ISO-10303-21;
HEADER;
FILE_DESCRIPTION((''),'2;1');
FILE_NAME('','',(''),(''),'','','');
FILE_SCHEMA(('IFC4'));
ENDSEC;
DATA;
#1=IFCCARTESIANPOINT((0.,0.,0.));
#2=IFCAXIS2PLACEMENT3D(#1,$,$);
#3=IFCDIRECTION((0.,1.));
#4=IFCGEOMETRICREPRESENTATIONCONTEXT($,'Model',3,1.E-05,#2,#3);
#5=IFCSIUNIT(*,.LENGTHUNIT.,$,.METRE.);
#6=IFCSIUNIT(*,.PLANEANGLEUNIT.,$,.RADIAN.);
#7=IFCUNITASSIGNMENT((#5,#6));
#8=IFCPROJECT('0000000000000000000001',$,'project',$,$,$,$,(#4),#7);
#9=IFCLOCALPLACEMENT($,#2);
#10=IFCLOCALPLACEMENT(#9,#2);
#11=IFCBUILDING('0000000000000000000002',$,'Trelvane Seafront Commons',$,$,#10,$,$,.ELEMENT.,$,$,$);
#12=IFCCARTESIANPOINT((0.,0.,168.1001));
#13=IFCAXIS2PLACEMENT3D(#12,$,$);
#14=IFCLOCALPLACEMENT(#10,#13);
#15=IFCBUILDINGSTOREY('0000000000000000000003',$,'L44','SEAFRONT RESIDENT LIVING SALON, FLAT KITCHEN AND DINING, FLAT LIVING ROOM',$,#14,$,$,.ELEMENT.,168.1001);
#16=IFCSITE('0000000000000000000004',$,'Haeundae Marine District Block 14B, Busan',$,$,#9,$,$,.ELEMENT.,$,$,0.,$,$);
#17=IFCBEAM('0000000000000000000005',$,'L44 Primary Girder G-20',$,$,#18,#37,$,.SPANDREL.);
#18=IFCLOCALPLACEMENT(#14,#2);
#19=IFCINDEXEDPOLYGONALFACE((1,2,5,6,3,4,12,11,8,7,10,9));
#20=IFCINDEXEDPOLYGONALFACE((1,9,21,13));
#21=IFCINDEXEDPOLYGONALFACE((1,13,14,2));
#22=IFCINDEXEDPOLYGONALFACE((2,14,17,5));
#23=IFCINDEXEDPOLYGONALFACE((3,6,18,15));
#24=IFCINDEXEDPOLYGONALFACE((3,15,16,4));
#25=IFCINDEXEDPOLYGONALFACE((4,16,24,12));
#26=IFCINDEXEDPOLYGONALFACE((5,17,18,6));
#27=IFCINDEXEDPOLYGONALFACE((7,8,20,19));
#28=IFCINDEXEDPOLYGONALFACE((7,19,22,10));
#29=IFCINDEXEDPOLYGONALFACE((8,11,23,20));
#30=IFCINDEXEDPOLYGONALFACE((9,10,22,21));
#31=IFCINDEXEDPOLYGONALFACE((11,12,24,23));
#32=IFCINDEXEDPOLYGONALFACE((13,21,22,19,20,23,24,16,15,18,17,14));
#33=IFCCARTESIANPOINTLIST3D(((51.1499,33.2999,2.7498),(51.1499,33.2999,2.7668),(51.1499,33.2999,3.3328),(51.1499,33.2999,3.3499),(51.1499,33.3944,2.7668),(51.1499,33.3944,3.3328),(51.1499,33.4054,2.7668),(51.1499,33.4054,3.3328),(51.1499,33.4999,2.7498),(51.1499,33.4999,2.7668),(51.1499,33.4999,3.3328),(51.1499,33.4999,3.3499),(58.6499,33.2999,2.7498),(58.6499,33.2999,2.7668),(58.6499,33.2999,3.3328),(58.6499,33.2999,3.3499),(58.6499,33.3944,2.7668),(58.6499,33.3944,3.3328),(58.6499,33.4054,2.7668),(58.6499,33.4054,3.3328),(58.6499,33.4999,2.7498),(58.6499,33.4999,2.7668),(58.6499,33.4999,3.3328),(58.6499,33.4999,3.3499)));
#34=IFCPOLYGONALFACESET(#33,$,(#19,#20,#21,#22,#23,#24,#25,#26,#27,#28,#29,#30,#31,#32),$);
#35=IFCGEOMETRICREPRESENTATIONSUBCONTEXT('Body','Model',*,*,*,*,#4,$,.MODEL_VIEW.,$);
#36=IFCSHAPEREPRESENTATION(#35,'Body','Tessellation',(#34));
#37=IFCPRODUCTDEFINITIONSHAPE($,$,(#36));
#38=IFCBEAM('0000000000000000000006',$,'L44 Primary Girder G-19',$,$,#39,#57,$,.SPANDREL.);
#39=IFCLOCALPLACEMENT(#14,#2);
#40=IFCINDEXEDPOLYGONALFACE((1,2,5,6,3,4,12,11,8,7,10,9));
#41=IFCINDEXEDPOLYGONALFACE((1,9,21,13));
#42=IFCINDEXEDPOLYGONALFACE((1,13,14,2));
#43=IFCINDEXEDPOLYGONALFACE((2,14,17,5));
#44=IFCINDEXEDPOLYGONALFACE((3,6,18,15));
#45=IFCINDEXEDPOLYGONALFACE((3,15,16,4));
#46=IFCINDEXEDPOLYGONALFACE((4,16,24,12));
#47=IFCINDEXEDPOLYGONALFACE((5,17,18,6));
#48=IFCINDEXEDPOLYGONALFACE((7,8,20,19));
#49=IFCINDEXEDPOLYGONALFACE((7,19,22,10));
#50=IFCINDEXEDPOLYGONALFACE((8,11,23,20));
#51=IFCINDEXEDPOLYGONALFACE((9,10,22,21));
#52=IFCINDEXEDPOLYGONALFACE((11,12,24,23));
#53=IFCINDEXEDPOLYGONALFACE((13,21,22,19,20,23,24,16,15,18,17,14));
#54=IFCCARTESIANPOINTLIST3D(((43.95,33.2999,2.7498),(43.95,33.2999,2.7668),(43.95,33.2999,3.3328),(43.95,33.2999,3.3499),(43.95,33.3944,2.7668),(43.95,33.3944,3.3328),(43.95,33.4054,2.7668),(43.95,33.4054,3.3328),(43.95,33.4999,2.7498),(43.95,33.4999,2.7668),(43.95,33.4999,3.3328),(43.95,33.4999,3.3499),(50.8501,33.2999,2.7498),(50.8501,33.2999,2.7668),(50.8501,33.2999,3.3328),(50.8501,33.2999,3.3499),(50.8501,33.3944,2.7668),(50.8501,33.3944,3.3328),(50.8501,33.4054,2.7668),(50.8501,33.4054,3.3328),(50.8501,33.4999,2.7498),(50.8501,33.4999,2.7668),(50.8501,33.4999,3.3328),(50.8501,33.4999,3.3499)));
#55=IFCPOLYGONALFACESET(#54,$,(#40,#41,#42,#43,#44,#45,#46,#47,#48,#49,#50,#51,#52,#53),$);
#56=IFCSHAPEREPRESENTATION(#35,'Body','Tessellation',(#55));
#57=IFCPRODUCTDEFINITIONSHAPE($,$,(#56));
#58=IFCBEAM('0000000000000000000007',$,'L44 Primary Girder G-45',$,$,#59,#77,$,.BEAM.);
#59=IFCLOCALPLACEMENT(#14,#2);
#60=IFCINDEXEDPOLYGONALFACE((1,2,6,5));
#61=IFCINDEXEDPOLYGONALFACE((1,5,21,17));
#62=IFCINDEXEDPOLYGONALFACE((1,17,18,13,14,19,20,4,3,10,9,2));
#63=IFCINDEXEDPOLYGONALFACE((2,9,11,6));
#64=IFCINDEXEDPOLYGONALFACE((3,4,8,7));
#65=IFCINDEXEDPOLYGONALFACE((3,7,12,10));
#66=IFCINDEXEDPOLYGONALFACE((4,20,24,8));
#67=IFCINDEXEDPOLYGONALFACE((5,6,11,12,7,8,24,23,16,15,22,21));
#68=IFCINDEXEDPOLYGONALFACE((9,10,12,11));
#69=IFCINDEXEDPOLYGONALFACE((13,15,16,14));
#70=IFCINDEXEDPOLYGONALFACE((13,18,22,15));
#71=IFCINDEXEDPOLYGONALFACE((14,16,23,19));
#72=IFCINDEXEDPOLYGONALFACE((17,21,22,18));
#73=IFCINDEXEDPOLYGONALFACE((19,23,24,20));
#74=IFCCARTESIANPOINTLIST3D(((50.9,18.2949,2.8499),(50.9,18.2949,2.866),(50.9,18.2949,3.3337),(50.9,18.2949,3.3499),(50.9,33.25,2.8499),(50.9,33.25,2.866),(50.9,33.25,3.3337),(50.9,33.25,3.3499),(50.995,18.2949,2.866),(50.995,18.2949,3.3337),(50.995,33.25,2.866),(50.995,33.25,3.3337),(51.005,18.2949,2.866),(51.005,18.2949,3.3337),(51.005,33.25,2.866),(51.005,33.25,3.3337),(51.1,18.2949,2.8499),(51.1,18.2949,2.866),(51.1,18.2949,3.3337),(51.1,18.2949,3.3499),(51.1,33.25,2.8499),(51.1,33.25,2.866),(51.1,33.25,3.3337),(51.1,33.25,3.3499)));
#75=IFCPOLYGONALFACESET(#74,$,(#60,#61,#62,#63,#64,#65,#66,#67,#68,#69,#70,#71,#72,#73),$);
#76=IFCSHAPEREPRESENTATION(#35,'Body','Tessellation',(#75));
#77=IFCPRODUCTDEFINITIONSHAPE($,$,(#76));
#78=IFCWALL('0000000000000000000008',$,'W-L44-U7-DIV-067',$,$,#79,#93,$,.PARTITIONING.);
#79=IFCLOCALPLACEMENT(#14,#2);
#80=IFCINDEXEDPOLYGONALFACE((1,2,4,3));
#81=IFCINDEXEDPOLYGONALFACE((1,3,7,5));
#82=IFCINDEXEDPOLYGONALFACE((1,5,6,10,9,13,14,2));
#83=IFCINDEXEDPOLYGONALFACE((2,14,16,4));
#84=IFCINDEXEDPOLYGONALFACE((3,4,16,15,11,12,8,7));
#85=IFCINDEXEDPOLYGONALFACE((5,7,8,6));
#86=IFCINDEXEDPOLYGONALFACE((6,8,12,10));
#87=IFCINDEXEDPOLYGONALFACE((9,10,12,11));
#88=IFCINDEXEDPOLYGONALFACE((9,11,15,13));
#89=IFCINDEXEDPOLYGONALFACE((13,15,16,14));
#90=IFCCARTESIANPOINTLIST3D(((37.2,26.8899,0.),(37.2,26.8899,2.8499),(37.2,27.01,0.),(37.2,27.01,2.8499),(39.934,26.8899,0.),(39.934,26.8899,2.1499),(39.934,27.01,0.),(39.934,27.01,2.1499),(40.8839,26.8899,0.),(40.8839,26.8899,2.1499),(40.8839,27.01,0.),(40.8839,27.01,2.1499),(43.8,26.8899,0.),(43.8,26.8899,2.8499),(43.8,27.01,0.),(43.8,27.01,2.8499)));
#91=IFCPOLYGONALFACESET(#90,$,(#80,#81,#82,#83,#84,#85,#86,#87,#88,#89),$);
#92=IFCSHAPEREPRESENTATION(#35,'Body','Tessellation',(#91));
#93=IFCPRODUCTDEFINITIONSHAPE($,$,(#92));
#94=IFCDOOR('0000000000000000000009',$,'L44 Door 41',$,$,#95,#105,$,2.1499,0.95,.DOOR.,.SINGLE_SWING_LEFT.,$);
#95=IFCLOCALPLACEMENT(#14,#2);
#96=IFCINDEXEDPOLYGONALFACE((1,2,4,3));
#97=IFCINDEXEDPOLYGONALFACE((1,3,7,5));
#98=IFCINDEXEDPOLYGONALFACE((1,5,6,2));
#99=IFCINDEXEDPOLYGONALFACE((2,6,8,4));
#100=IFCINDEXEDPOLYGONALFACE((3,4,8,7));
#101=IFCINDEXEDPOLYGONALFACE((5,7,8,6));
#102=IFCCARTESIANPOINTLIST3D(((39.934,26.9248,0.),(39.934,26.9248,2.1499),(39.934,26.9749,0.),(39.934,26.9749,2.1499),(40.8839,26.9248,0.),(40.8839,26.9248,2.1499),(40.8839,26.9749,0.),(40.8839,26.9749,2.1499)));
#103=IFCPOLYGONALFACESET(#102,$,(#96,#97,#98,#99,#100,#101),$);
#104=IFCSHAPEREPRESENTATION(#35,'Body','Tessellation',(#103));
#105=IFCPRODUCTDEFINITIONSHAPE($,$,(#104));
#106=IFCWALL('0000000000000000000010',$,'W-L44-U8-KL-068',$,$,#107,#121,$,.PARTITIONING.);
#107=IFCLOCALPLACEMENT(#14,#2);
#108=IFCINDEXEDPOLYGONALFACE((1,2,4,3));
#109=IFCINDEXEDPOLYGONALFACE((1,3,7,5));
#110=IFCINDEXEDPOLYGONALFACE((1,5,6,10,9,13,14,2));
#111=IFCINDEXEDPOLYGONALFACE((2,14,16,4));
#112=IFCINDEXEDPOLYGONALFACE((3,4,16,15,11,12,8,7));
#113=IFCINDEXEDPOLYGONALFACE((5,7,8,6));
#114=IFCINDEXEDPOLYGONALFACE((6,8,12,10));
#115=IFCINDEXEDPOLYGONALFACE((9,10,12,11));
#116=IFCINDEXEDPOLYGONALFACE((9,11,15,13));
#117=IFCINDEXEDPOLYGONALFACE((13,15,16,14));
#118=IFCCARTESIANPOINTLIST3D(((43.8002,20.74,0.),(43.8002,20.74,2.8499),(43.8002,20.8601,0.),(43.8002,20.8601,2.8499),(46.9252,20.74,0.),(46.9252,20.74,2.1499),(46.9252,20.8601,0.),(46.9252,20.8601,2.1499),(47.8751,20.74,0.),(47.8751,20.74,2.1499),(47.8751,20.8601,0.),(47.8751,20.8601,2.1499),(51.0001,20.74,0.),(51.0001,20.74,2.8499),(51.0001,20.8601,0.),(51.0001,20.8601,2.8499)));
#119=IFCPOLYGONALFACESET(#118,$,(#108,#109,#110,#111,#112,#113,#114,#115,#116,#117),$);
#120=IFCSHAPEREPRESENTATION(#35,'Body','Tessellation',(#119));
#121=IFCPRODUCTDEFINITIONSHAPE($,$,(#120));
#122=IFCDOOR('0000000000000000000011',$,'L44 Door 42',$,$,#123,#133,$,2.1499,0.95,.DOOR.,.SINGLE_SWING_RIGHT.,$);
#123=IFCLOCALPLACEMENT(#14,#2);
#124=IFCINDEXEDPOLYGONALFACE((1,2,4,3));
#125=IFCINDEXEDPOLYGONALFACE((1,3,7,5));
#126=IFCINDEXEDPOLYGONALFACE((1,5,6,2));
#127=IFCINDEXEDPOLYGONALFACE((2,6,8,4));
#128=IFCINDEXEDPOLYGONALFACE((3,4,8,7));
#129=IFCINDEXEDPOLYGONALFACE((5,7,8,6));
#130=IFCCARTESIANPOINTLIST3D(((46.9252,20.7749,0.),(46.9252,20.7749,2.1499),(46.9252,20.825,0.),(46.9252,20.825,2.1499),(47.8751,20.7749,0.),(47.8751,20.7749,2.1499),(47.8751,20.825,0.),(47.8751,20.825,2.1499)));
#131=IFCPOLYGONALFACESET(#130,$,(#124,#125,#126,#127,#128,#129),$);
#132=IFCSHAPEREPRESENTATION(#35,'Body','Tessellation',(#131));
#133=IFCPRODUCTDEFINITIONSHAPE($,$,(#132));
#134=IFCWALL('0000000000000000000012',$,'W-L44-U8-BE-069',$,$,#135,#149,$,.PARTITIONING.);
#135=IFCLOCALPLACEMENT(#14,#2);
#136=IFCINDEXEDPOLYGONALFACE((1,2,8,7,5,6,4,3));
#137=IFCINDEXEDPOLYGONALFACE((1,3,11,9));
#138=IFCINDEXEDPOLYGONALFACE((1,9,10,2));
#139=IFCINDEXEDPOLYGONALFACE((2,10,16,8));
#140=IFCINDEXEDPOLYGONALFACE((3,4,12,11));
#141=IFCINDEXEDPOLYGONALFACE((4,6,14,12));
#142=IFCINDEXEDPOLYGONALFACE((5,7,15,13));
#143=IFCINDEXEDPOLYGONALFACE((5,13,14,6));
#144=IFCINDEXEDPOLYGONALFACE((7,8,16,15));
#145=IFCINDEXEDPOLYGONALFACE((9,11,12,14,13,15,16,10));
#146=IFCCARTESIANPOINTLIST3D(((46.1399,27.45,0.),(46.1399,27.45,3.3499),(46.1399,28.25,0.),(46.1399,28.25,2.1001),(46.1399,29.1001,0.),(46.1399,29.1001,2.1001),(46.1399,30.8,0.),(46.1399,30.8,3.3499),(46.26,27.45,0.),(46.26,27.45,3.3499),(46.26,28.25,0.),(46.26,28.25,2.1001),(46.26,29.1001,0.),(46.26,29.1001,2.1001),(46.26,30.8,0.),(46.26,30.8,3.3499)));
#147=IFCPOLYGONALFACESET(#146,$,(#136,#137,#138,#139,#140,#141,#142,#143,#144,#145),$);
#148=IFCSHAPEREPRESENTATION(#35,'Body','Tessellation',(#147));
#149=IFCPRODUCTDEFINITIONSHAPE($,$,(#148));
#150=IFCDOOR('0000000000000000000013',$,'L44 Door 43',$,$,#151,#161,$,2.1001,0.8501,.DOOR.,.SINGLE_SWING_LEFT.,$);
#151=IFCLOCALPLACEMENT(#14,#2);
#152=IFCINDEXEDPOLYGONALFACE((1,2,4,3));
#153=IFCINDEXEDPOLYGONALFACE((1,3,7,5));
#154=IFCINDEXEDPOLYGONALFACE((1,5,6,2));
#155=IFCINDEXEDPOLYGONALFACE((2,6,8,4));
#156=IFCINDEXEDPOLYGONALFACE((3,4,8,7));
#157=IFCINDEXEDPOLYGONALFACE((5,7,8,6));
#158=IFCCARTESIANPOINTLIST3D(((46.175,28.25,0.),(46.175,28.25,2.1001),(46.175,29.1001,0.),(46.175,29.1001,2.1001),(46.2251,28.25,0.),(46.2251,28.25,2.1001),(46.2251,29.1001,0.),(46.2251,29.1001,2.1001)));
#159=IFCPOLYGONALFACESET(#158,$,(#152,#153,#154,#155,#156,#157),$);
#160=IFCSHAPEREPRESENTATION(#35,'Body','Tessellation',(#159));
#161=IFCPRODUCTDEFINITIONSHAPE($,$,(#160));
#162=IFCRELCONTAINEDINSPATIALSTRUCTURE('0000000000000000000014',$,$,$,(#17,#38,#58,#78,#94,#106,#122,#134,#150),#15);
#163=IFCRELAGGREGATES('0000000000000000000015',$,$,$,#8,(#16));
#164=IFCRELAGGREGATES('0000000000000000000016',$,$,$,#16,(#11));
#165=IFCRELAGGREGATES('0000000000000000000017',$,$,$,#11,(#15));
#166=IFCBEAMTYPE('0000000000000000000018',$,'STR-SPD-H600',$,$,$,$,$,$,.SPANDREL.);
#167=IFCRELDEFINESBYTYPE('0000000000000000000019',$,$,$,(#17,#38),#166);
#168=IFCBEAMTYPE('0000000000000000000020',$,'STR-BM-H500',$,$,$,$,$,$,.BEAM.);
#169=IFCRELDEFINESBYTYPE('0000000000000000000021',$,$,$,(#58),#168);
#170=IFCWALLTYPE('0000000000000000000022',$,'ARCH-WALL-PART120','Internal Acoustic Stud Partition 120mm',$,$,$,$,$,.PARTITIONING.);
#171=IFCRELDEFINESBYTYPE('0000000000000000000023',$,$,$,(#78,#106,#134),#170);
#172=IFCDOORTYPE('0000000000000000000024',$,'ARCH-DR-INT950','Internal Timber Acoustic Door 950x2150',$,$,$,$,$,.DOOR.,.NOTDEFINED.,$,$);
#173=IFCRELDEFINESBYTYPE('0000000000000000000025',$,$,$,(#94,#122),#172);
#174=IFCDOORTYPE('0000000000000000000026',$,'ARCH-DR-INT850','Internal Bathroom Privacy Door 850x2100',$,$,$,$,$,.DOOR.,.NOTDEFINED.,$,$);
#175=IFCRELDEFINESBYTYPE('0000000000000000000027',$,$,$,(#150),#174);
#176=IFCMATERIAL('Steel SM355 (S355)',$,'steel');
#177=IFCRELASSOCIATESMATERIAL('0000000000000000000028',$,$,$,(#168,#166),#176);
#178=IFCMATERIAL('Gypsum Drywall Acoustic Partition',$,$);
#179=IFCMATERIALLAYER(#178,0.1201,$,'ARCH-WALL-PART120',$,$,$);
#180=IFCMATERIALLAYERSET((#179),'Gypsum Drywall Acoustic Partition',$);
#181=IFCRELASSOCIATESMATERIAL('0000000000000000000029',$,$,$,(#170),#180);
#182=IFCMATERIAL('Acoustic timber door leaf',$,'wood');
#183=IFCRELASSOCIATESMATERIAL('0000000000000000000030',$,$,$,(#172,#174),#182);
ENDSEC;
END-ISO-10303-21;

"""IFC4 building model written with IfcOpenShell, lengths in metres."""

from ifc_helpers import new_model, si_unit, direction, frame, frame_2d, origin, origin_2d, place, context, subcontext, project, spatial, rectangle, i_section, extrude, source, transform, mapped, material, layer, layer_set, material_profile, profile_set, type_object, element, fill, save


model = new_model("IFC4")

# Units and contexts
model_context = context("Model", 3, precision=1e-05, world=origin(), true_north=direction((0.0, 1.0)))
body_context = subcontext(model_context, "Body", "Model", "MODEL_VIEW")
ifc_project = project(units=[si_unit("LENGTHUNIT", "METRE"), si_unit("PLANEANGLEUNIT", "RADIAN")], contexts=[model_context])

# Site, building, storey
site_placement = place(None, origin())
site = spatial("IfcSite", under=ifc_project, at=site_placement, Name="Haeundae Marine District Block 14B, Busan", CompositionType="ELEMENT", RefElevation=0.0)
building_placement = place(site_placement, origin())
building = spatial("IfcBuilding", under=site, at=building_placement, Name="Trelvane Seafront Commons", CompositionType="ELEMENT")
storey_placement = place(building_placement, frame((0.0, 0.0, 168.1001)))
storey = spatial("IfcBuildingStorey", under=building, at=storey_placement, Name="L44", Description="SEAFRONT RESIDENT LIVING SALON, FLAT KITCHEN AND DINING, FLAT LIVING ROOM", CompositionType="ELEMENT", Elevation=168.1001)

# Shared definitions
ifc_material_1 = material(Name="Steel SM355 (S355)", Category="steel")

# Beams
ifc_material_profile_1 = material_profile(ifc_material_1, i_section(OverallWidth=0.2, OverallDepth=0.5, WebThickness=0.01, FlangeThickness=0.0161, at=origin_2d()), Name="H-500x200x10x16")
ifc_profile_set_1 = profile_set([ifc_material_profile_1], Name="Steel SM355 (S355)")
beam_type_1 = type_object("IfcBeamType", Name="STR-BM-H500", PredefinedType="BEAM", material=ifc_profile_set_1)
ifc_material_profile_2 = material_profile(ifc_material_1, i_section(OverallWidth=0.2, OverallDepth=0.6001, WebThickness=0.011, FlangeThickness=0.0171, at=origin_2d()), Name="H-600x200x11x17")
ifc_profile_set_2 = profile_set([ifc_material_profile_2], Name="Steel SM355 (S355)")
beam_type_2 = type_object("IfcBeamType", Name="STR-SPD-H600", PredefinedType="SPANDREL", material=ifc_profile_set_2)
shared_shape_1 = source(origin(), body_context, "Body", "SweptSolid", [
    extrude(i_section(OverallWidth=0.2, OverallDepth=0.6001, WebThickness=0.011, FlangeThickness=0.0171, at=origin_2d()), origin(), (0.0, 0.0, 1.0), 7.5),
])
beam_1_placement = place(storey_placement, frame((51.1499, 33.3999, 3.0498), z_axis=(1.0, 0.0, 0.0), x_axis=(0.0, 1.0, 0.0)))
element("IfcBeam", 1, at=beam_1_placement, inside=storey, type_object=beam_type_2, Name="L44 Primary Girder G-20", PredefinedType="SPANDREL", context=body_context, shape_type="MappedRepresentation", body=[
    mapped(shared_shape_1, transform((0.0, 0.0, 0.0), x_axis=(1.0, 0.0, 0.0), y_axis=(0.0, 1.0, 0.0), z_axis=(0.0, 0.0, 1.0), scale=1.0)),
])
shared_shape_2 = source(origin(), body_context, "Body", "SweptSolid", [
    extrude(i_section(OverallWidth=0.2, OverallDepth=0.6001, WebThickness=0.011, FlangeThickness=0.0171, at=origin_2d()), origin(), (0.0, 0.0, 1.0), 6.9001),
])
beam_2_placement = place(storey_placement, frame((43.95, 33.3999, 3.0498), z_axis=(1.0, 0.0, 0.0), x_axis=(0.0, 1.0, 0.0)))
element("IfcBeam", 2, at=beam_2_placement, inside=storey, type_object=beam_type_2, Name="L44 Primary Girder G-19", PredefinedType="SPANDREL", context=body_context, shape_type="MappedRepresentation", body=[
    mapped(shared_shape_2, transform((0.0, 0.0, 0.0), x_axis=(1.0, 0.0, 0.0), y_axis=(0.0, 1.0, 0.0), z_axis=(0.0, 0.0, 1.0), scale=1.0)),
])
shared_shape_3 = source(origin(), body_context, "Body", "SweptSolid", [
    extrude(i_section(OverallWidth=0.2, OverallDepth=0.5, WebThickness=0.01, FlangeThickness=0.0161, at=origin_2d()), origin(), (0.0, 0.0, 1.0), 14.9551),
])
beam_3_placement = place(storey_placement, frame((51.0, 18.2949, 3.0999), z_axis=(0.0, 1.0, 0.0), x_axis=(-1.0, 0.0, 0.0)))
element("IfcBeam", 3, at=beam_3_placement, inside=storey, type_object=beam_type_1, Name="L44 Primary Girder G-45", PredefinedType="BEAM", context=body_context, shape_type="MappedRepresentation", body=[
    mapped(shared_shape_3, transform((0.0, 0.0, 0.0), x_axis=(1.0, 0.0, 0.0), y_axis=(0.0, 1.0, 0.0), z_axis=(0.0, 0.0, 1.0), scale=1.0)),
])

# Shared definitions
shared_shape_4 = source(origin(), body_context, "Body", "SweptSolid", [
    extrude(rectangle(XDim=0.95, YDim=2.1499, at=frame_2d((0.4751, 1.075))), frame((0.0, 0.0249, 0.0), z_axis=(0.0, -1.0, 0.0), x_axis=(1.0, 0.0, 0.0)), (0.0, 0.0, 1.0), 0.05),
])

# Walls, openings, doors
ifc_material_2 = material(Name="Gypsum Drywall Acoustic Partition")
ifc_layer_1 = layer(ifc_material_2, 0.1201, Name="ARCH-WALL-PART120")
ifc_layer_set_1 = layer_set([ifc_layer_1], Name="Gypsum Drywall Acoustic Partition")
wall_type_1 = type_object("IfcWallType", Name="ARCH-WALL-PART120", Description="Internal Acoustic Stud Partition 120mm", PredefinedType="PARTITIONING", material=ifc_layer_set_1)
wall_1_placement = place(storey_placement, frame((37.2, 26.95, 0.0), z_axis=(0.0, 0.0, 1.0), x_axis=(1.0, 0.0, 0.0)))
wall_1 = element("IfcWall", 4, at=wall_1_placement, inside=storey, type_object=wall_type_1, Name="W-L44-U7-DIV-067", PredefinedType="PARTITIONING", context=body_context, shape_type="SweptSolid", body=[
    extrude(rectangle(XDim=6.6001, YDim=0.1201, at=frame_2d((3.3, 0.0))), origin(), (0.0, 0.0, 1.0), 2.8499),
])
opening_1_placement = place(wall_1_placement, frame((2.7339, 0.0, 0.0)))
opening_1 = element("IfcOpeningElement", 5, at=opening_1_placement, cuts=wall_1, PredefinedType="OPENING", context=body_context, shape_type="SweptSolid", body=[
    extrude(rectangle(XDim=0.95, YDim=2.1499, at=frame_2d((0.4751, 1.075))), frame((0.0, 0.0701, 0.0), z_axis=(0.0, -1.0, 0.0), x_axis=(1.0, 0.0, 0.0)), (0.0, 0.0, 1.0), 0.1401),
])
ifc_material_3 = material(Name="Acoustic timber door leaf", Category="wood")
door_type_1 = type_object("IfcDoorType", Name="ARCH-DR-INT950", Description="Internal Timber Acoustic Door 950x2150", OperationType="NOTDEFINED", PredefinedType="DOOR", material=ifc_material_3)
door_1_placement = place(opening_1_placement, origin())
door_1 = element("IfcDoor", 6, at=door_1_placement, inside=storey, type_object=door_type_1, Name="L44 Door 41", OperationType="SINGLE_SWING_LEFT", OverallHeight=2.1499, OverallWidth=0.95, PredefinedType="DOOR", context=body_context, shape_type="MappedRepresentation", body=[
    mapped(shared_shape_4, transform((0.0, 0.0, 0.0), x_axis=(1.0, 0.0, 0.0), y_axis=(0.0, 1.0, 0.0), z_axis=(0.0, 0.0, 1.0), scale=1.0)),
])
fill(opening_1, door_1)
wall_2_placement = place(storey_placement, frame((43.8, 20.8, 0.0), z_axis=(0.0, 0.0, 1.0), x_axis=(1.0, 0.0, 0.0)))
wall_2 = element("IfcWall", 7, at=wall_2_placement, inside=storey, type_object=wall_type_1, Name="W-L44-U8-KL-068", PredefinedType="PARTITIONING", context=body_context, shape_type="SweptSolid", body=[
    extrude(rectangle(XDim=7.2, YDim=0.1201, at=frame_2d((3.6001, 0.0))), origin(), (0.0, 0.0, 1.0), 2.8499),
])
opening_2_placement = place(wall_2_placement, frame((3.125, 0.0, 0.0)))
opening_2 = element("IfcOpeningElement", 8, at=opening_2_placement, cuts=wall_2, PredefinedType="OPENING", context=body_context, shape_type="SweptSolid", body=[
    extrude(rectangle(XDim=0.95, YDim=2.1499, at=frame_2d((0.4751, 1.075))), frame((0.0, 0.0701, 0.0), z_axis=(0.0, -1.0, 0.0), x_axis=(1.0, 0.0, 0.0)), (0.0, 0.0, 1.0), 0.1401),
])
door_2_placement = place(opening_2_placement, origin())
door_2 = element("IfcDoor", 9, at=door_2_placement, inside=storey, type_object=door_type_1, Name="L44 Door 42", OperationType="SINGLE_SWING_RIGHT", OverallHeight=2.1499, OverallWidth=0.95, PredefinedType="DOOR", context=body_context, shape_type="MappedRepresentation", body=[
    mapped(shared_shape_4, transform((0.0, 0.0, 0.0), x_axis=(1.0, 0.0, 0.0), y_axis=(0.0, 1.0, 0.0), z_axis=(0.0, 0.0, 1.0), scale=1.0)),
])
fill(opening_2, door_2)
wall_3_placement = place(storey_placement, frame((46.2, 27.45, 0.0), z_axis=(0.0, 0.0, 1.0), x_axis=(0.0, 1.0, 0.0)))
wall_3 = element("IfcWall", 10, at=wall_3_placement, inside=storey, type_object=wall_type_1, Name="W-L44-U8-BE-069", PredefinedType="PARTITIONING", context=body_context, shape_type="SweptSolid", body=[
    extrude(rectangle(XDim=3.3501, YDim=0.1201, at=frame_2d((1.675, 0.0))), origin(), (0.0, 0.0, 1.0), 3.3499),
])
opening_3_placement = place(wall_3_placement, frame((0.8, 0.0, 0.0)))
opening_3 = element("IfcOpeningElement", 11, at=opening_3_placement, cuts=wall_3, PredefinedType="OPENING", context=body_context, shape_type="SweptSolid", body=[
    extrude(rectangle(XDim=0.8501, YDim=2.1001, at=frame_2d((0.425, 1.05))), frame((0.0, 0.0701, 0.0), z_axis=(0.0, -1.0, 0.0), x_axis=(1.0, 0.0, 0.0)), (0.0, 0.0, 1.0), 0.1401),
])
door_type_2 = type_object("IfcDoorType", Name="ARCH-DR-INT850", Description="Internal Bathroom Privacy Door 850x2100", OperationType="NOTDEFINED", PredefinedType="DOOR", material=ifc_material_3)
shared_shape_5 = source(origin(), body_context, "Body", "SweptSolid", [
    extrude(rectangle(XDim=0.8501, YDim=2.1001, at=frame_2d((0.425, 1.05))), frame((0.0, 0.0249, 0.0), z_axis=(0.0, -1.0, 0.0), x_axis=(1.0, 0.0, 0.0)), (0.0, 0.0, 1.0), 0.05),
])
door_3_placement = place(opening_3_placement, origin())
door_3 = element("IfcDoor", 12, at=door_3_placement, inside=storey, type_object=door_type_2, Name="L44 Door 43", OperationType="SINGLE_SWING_LEFT", OverallHeight=2.1001, OverallWidth=0.8501, PredefinedType="DOOR", context=body_context, shape_type="MappedRepresentation", body=[
    mapped(shared_shape_5, transform((0.0, 0.0, 0.0), x_axis=(1.0, 0.0, 0.0), y_axis=(0.0, 1.0, 0.0), z_axis=(0.0, 0.0, 1.0), scale=1.0)),
])
fill(opening_3, door_3)

save(model, "model.ifc")
